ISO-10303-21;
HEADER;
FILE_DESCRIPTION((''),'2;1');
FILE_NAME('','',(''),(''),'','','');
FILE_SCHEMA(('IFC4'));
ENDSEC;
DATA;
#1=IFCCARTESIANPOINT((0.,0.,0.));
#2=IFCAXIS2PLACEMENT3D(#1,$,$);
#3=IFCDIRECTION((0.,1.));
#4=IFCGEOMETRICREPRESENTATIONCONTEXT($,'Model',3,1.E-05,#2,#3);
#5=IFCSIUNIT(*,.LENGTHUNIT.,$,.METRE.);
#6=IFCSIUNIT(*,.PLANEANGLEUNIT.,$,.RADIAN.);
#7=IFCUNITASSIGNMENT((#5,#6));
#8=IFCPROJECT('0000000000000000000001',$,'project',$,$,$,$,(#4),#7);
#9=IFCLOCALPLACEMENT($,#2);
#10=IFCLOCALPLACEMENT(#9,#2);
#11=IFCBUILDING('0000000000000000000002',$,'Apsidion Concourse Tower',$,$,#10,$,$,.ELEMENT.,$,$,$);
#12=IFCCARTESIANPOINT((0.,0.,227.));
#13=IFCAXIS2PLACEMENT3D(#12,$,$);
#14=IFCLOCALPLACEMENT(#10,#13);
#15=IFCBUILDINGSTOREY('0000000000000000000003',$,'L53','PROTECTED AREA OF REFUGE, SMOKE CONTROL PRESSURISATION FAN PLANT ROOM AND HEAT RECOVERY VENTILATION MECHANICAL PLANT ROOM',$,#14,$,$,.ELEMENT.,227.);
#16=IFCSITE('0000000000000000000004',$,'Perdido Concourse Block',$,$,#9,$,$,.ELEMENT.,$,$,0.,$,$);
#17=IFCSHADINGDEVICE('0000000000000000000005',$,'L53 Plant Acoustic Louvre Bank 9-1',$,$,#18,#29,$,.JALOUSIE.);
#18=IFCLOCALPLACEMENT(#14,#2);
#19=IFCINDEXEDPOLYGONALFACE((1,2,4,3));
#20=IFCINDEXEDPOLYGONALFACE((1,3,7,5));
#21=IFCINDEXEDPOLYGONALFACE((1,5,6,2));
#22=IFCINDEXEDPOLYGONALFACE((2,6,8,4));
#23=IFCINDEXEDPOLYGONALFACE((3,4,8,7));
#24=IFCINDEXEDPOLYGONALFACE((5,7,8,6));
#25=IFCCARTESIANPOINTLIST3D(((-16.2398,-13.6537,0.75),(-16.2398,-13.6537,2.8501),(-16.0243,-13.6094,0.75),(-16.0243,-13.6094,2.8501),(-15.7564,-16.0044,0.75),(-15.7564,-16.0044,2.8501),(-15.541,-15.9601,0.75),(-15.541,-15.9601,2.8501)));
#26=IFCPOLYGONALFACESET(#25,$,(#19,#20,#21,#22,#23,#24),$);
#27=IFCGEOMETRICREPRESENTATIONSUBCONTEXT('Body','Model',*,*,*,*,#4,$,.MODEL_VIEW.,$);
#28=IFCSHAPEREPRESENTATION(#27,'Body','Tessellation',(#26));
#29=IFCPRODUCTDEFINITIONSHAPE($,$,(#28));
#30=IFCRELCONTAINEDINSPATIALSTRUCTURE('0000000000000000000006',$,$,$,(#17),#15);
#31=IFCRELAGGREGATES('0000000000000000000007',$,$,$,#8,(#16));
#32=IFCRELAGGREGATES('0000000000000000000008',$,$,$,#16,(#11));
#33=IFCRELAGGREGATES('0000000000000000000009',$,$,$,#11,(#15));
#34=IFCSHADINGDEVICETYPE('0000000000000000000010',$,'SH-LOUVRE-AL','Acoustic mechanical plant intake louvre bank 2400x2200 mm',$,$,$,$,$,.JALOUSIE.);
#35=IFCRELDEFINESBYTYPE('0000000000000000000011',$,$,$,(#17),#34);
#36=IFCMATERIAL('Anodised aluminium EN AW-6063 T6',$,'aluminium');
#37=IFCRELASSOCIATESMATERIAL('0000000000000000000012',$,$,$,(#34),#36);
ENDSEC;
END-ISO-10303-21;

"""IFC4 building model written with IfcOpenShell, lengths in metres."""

from ifc_helpers import new_model, si_unit, direction, frame, origin, origin_2d, place, context, subcontext, project, spatial, rectangle, extrude, material, type_object, element, save


model = new_model("IFC4")

# Units and contexts
model_context = context("Model", 3, precision=1e-05, world=origin(), true_north=direction((0.0, 1.0)))
body_context = subcontext(model_context, "Body", "Model", "MODEL_VIEW")
ifc_project = project(units=[si_unit("LENGTHUNIT", "METRE"), si_unit("PLANEANGLEUNIT", "RADIAN")], contexts=[model_context])

# Site, building, storey
site_placement = place(None, origin())
site = spatial("IfcSite", under=ifc_project, at=site_placement, Name="Perdido Concourse Block", CompositionType="ELEMENT", RefElevation=0.0)
building_placement = place(site_placement, origin())
building = spatial("IfcBuilding", under=site, at=building_placement, Name="Apsidion Concourse Tower", CompositionType="ELEMENT")
storey_placement = place(building_placement, frame((0.0, 0.0, 227.0)))
storey = spatial("IfcBuildingStorey", under=building, at=storey_placement, Name="L53", Description="PROTECTED AREA OF REFUGE, SMOKE CONTROL PRESSURISATION FAN PLANT ROOM AND HEAT RECOVERY VENTILATION MECHANICAL PLANT ROOM", CompositionType="ELEMENT", Elevation=227.0)

# Shading device
ifc_material_1 = material(Name="Anodised aluminium EN AW-6063 T6", Category="aluminium")
shading_device_type = type_object("IfcShadingDeviceType", Name="SH-LOUVRE-AL", Description="Acoustic mechanical plant intake louvre bank 2400x2200 mm", PredefinedType="JALOUSIE", material=ifc_material_1)
shading_device_placement = place(storey_placement, frame((-15.8904, -14.8069, 0.75), z_axis=(0.0, 0.0, 1.0), x_axis=(-0.20142, 0.979505, 0.0)))
element("IfcShadingDevice", 1, at=shading_device_placement, inside=storey, type_object=shading_device_type, Name="L53 Plant Acoustic Louvre Bank 9-1", PredefinedType="JALOUSIE", context=body_context, shape_type="SweptSolid", body=[
    extrude(rectangle(XDim=2.3999, YDim=0.22, at=origin_2d()), origin(), (0.0, 0.0, 1.0), 2.1001),
])

save(model, "model.ifc")
